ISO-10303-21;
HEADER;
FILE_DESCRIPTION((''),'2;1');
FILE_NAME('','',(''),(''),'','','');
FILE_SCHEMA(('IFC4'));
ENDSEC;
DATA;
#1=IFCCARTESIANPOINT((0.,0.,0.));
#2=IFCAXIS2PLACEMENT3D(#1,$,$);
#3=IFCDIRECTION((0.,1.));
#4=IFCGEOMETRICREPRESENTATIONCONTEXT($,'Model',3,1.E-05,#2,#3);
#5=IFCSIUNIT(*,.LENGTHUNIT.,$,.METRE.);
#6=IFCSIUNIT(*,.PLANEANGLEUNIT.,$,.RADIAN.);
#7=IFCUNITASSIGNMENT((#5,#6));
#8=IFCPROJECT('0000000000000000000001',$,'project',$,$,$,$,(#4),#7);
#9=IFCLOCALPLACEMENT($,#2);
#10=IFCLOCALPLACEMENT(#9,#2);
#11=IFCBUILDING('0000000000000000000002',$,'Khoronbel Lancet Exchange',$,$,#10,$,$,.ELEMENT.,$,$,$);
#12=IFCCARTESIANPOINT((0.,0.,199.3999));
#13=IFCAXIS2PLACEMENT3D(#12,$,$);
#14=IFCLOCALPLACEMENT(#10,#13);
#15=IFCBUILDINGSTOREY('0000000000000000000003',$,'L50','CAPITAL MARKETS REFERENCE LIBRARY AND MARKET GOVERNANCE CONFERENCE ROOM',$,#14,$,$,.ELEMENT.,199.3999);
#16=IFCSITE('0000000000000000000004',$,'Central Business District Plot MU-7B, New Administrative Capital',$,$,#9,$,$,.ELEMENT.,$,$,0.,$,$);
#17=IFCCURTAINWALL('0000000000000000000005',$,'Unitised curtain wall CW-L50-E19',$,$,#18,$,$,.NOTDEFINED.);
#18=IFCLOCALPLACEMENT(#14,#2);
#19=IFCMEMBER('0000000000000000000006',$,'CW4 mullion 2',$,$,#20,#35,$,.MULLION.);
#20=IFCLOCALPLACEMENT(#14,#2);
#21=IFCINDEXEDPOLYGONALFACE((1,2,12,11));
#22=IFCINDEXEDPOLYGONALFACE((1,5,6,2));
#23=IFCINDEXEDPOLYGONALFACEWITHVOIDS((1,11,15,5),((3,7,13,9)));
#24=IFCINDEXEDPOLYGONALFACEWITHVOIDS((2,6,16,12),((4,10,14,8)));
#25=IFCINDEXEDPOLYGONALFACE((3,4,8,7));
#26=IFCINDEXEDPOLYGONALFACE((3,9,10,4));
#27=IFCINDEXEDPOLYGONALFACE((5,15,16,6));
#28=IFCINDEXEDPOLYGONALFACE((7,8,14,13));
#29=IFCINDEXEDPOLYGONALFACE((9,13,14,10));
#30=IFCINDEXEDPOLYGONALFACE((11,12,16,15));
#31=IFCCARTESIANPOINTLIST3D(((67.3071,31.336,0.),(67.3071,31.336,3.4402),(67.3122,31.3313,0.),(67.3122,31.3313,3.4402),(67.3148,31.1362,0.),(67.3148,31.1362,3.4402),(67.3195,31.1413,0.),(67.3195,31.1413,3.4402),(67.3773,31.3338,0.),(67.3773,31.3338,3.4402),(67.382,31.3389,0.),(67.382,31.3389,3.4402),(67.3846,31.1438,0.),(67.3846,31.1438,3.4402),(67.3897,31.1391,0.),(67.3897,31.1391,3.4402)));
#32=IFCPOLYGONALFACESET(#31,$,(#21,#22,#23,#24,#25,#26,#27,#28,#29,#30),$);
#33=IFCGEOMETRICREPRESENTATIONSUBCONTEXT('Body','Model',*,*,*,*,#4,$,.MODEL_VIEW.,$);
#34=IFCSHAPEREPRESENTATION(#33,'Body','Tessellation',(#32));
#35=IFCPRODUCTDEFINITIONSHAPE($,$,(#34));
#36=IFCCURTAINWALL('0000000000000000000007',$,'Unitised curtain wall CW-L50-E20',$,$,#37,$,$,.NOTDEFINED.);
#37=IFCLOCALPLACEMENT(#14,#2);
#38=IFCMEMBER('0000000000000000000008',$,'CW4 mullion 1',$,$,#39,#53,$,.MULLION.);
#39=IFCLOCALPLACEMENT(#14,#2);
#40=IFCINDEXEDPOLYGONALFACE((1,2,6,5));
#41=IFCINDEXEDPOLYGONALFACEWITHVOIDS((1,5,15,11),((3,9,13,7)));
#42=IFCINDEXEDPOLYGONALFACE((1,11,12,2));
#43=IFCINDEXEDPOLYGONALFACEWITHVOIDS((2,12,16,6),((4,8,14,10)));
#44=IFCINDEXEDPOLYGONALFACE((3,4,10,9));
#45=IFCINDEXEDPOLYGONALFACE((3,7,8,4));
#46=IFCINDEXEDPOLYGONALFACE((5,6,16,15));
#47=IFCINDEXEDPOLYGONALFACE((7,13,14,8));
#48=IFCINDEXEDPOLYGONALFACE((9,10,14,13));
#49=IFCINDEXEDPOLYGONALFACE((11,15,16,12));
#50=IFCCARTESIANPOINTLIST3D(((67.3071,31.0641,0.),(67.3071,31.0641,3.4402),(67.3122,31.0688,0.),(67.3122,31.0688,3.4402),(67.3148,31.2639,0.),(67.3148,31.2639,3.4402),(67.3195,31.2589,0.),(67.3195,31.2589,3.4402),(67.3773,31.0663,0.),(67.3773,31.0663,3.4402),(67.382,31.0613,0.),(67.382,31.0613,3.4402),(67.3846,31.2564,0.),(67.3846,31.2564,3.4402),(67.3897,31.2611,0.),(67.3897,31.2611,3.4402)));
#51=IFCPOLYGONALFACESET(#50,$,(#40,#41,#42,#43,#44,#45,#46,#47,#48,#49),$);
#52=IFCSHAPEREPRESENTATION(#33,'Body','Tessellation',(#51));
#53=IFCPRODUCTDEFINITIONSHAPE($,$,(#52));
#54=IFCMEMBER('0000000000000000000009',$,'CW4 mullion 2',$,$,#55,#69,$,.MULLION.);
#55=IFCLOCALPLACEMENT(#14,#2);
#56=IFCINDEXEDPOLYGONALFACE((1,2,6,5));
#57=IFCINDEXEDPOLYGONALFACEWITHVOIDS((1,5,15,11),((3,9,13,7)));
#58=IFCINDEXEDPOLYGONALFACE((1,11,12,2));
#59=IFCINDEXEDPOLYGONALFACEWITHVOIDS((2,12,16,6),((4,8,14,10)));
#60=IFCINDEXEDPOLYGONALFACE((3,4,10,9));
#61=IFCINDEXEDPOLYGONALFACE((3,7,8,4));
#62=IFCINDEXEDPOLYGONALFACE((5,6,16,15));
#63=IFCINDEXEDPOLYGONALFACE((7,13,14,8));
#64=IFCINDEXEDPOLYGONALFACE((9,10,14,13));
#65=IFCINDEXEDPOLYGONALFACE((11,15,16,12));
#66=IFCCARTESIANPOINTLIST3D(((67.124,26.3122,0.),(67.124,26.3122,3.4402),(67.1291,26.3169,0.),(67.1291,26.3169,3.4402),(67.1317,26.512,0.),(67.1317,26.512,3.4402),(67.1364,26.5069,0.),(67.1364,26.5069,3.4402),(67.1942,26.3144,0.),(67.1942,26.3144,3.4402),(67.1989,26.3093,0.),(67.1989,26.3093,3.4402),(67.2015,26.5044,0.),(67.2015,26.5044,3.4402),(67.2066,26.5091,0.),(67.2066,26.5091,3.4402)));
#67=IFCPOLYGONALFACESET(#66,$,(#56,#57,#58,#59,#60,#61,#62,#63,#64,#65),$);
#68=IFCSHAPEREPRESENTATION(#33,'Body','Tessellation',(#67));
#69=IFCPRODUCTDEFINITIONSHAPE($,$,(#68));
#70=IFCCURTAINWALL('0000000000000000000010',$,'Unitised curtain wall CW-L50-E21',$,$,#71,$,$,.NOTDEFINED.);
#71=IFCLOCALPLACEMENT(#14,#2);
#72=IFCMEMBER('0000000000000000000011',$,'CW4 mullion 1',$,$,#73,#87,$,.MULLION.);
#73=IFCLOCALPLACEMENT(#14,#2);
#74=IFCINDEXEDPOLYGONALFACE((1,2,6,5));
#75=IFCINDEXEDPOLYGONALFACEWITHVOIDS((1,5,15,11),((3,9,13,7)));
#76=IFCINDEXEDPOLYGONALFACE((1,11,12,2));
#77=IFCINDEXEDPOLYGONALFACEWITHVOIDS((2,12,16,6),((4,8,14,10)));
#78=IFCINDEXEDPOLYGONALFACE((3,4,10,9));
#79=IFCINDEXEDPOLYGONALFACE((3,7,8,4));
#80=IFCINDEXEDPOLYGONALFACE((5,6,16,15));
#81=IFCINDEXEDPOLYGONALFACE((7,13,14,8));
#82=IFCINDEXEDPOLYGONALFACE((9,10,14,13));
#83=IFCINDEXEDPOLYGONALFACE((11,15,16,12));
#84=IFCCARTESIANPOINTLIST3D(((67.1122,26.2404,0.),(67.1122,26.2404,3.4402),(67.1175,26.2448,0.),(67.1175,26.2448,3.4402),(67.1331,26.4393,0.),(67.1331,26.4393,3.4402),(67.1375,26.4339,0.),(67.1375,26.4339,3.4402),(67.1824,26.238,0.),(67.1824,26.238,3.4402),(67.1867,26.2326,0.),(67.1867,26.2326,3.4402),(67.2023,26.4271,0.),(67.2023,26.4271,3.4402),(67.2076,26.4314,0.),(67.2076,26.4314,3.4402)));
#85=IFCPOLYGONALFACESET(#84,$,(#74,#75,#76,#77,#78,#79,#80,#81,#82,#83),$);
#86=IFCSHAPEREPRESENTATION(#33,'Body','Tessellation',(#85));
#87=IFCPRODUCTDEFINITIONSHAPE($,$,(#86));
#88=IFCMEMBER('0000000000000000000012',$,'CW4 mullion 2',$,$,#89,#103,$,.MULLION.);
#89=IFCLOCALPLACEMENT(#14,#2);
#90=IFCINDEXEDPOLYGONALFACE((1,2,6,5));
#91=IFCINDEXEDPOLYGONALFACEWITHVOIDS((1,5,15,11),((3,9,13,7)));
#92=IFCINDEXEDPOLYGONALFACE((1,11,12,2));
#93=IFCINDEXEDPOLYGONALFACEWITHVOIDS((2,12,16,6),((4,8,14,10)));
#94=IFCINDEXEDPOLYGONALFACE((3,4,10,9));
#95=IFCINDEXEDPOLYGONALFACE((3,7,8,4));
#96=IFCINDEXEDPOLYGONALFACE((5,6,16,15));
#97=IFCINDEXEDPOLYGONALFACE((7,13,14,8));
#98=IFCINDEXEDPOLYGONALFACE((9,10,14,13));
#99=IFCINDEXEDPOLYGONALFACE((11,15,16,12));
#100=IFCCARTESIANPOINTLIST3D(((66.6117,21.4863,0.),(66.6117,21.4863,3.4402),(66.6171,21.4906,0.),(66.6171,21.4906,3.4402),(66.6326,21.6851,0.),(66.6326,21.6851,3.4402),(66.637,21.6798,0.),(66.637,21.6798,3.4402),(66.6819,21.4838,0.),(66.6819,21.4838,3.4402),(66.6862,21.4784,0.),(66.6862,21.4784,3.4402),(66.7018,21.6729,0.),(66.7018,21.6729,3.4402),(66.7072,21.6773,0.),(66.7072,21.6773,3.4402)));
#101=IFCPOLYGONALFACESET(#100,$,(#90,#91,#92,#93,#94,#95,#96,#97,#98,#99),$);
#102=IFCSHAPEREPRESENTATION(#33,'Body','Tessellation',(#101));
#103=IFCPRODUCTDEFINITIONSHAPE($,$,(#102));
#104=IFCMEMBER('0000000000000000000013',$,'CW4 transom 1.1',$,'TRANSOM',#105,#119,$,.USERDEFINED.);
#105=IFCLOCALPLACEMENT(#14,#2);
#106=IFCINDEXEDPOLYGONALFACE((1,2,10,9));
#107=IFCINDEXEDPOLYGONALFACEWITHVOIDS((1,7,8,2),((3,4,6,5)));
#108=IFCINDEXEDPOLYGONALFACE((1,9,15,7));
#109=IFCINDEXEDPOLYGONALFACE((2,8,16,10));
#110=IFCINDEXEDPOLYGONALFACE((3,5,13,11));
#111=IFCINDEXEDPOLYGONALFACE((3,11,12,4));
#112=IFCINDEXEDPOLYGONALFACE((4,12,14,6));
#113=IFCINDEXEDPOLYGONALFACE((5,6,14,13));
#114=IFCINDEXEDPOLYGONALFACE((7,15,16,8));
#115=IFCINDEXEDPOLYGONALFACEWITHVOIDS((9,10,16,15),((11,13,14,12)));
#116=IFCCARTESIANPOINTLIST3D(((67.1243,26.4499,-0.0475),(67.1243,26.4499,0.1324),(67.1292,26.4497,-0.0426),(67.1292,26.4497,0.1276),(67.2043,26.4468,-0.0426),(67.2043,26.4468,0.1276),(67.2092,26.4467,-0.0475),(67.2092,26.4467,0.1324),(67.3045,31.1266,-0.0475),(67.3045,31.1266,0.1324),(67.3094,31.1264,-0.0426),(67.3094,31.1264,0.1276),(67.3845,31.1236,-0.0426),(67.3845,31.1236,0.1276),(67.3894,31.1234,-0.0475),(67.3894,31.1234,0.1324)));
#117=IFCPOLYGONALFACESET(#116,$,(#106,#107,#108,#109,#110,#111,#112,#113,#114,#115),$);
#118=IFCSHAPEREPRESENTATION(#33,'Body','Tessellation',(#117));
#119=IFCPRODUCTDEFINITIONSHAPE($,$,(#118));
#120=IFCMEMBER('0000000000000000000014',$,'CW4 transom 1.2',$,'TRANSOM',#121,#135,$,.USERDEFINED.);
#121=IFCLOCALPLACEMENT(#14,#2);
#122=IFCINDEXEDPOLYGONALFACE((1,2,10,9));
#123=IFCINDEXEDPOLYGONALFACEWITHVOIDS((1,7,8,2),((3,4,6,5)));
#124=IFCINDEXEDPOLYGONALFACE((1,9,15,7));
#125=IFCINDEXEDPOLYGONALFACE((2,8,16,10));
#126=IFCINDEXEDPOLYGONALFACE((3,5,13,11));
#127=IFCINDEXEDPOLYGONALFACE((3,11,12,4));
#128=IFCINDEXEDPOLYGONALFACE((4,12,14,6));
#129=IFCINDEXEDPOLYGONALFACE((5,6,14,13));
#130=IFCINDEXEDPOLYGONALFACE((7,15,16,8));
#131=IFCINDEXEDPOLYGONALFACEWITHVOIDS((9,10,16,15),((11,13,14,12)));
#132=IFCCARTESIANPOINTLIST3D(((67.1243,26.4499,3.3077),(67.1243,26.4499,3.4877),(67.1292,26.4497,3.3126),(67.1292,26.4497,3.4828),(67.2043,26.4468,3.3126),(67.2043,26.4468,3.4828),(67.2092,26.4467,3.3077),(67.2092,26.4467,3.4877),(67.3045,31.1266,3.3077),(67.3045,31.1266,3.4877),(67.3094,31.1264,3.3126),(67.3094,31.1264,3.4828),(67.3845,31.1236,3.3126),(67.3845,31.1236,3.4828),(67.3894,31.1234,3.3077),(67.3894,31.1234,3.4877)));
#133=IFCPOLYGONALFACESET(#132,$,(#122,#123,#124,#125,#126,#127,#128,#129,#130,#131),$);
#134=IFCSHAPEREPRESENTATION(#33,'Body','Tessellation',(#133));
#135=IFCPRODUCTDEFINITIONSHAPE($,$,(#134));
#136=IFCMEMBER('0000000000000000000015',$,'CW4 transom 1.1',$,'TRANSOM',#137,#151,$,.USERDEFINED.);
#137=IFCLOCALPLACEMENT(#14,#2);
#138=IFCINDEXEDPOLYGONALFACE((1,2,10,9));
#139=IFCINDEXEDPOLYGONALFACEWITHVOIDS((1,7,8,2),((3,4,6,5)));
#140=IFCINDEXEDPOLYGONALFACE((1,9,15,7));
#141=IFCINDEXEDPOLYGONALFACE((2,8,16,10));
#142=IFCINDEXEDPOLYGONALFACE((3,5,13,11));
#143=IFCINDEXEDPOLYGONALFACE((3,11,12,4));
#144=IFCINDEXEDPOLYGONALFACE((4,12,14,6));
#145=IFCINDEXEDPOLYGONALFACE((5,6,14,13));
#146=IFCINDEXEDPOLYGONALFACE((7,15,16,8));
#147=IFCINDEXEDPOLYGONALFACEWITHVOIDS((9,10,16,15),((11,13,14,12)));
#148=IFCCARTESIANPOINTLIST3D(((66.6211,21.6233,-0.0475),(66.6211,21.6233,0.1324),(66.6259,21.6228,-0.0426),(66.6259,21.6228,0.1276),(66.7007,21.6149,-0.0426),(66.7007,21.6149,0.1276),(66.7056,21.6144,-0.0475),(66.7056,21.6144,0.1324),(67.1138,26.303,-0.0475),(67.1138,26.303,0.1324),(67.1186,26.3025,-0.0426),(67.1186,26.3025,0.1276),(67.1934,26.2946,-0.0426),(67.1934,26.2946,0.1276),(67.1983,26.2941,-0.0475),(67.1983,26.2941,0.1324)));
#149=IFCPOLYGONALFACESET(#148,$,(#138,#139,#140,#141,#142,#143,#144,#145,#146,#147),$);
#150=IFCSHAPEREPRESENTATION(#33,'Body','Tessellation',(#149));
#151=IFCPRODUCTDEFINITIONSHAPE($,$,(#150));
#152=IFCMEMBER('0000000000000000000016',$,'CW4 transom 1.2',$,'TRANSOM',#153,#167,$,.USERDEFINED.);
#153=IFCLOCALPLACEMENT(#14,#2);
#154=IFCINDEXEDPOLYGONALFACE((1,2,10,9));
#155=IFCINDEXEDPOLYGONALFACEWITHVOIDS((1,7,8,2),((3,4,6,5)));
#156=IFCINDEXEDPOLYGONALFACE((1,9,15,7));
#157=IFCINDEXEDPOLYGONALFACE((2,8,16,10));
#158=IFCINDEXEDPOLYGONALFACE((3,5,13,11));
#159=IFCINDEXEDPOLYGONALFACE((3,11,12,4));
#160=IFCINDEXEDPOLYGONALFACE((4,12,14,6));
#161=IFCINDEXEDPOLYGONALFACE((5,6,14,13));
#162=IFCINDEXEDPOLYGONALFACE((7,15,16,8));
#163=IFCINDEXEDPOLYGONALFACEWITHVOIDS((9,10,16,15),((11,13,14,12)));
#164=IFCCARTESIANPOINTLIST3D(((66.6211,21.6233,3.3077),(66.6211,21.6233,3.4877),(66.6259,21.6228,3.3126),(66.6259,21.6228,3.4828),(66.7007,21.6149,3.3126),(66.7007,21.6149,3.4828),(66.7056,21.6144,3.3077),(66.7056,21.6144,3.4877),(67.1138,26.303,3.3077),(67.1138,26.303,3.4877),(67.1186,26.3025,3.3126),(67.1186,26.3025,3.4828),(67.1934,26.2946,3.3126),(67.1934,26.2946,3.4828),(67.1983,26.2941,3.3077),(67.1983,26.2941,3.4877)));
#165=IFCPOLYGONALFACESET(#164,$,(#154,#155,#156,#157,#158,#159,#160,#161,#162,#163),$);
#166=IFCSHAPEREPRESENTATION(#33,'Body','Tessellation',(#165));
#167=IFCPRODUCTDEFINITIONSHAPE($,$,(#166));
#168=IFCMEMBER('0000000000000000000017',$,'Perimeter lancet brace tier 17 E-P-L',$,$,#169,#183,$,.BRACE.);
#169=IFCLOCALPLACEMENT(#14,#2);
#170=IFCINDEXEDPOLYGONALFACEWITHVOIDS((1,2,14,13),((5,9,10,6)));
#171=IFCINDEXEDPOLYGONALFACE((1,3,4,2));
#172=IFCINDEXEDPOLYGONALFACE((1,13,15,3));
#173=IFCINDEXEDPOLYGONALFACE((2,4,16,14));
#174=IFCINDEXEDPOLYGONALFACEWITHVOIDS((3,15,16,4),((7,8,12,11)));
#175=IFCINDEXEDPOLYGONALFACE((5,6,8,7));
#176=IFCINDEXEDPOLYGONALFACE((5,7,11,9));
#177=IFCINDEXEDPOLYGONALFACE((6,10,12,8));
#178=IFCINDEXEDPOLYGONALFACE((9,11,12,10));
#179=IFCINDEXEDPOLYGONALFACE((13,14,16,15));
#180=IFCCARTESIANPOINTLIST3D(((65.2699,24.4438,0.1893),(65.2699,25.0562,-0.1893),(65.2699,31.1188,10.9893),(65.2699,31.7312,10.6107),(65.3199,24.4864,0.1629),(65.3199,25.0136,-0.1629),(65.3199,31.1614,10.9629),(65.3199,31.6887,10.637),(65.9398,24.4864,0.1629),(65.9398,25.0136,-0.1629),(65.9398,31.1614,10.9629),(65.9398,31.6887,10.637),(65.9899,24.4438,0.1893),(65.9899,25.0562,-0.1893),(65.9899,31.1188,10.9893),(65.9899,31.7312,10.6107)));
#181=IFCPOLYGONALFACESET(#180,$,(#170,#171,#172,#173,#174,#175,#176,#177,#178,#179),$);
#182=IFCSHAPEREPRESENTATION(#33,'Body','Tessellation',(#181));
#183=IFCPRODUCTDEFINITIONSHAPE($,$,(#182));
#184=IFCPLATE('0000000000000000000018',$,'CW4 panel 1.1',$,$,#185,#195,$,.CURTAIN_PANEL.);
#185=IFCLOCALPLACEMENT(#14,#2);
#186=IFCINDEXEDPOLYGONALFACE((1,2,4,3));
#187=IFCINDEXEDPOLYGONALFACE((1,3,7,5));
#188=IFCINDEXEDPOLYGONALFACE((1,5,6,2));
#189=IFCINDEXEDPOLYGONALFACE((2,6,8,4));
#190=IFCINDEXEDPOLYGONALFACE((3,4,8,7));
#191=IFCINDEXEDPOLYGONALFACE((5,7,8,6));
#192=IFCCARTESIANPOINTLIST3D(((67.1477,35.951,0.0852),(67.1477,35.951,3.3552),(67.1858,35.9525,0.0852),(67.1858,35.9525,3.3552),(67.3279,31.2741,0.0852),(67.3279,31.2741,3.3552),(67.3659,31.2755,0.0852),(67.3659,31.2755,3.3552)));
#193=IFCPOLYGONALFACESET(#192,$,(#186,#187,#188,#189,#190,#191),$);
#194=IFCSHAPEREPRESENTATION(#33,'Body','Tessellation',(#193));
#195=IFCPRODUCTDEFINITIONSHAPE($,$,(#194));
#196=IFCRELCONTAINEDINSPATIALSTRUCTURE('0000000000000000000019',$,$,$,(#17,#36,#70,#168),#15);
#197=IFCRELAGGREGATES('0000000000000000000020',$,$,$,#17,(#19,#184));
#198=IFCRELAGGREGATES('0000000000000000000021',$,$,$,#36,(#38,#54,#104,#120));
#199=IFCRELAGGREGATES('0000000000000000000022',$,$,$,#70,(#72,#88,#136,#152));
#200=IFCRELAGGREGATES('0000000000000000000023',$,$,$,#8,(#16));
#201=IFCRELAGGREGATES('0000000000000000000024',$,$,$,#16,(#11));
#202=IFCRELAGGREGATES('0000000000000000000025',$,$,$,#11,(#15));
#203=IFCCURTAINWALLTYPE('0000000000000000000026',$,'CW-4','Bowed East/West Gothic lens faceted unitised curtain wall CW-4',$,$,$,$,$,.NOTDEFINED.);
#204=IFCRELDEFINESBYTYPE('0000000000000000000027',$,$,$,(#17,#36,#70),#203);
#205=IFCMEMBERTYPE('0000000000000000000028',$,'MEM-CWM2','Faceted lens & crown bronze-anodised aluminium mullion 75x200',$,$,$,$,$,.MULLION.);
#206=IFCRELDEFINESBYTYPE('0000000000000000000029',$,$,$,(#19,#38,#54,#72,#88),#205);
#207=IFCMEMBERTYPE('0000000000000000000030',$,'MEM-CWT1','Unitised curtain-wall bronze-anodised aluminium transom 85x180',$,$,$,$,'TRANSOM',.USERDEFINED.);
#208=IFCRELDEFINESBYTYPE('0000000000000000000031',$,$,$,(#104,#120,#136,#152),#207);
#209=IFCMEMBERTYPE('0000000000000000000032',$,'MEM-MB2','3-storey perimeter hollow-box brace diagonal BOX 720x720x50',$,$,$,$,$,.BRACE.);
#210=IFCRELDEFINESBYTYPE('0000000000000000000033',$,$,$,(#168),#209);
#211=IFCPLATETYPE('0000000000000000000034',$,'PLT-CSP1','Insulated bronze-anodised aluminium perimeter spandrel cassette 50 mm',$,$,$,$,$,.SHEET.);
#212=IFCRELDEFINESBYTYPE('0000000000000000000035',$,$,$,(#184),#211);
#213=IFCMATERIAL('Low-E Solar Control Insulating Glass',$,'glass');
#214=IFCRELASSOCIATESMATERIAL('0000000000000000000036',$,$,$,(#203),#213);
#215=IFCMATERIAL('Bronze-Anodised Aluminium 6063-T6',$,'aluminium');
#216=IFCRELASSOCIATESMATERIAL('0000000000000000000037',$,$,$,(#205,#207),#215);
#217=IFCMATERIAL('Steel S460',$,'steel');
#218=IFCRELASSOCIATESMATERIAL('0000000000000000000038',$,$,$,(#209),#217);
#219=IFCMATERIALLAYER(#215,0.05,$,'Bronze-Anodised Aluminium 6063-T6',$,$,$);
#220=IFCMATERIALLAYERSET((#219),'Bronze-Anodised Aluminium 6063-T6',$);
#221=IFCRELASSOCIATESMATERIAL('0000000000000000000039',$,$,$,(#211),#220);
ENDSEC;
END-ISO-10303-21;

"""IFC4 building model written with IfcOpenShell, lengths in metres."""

from ifc_helpers import new_model, si_unit, direction, frame, origin, origin_2d, place, context, subcontext, project, spatial, rectangle, hollow_rectangle, extrude, material, layer, layer_set, material_profile, profile_set, type_object, element, aggregate, save


model = new_model("IFC4")

# Units and contexts
model_context = context("Model", 3, precision=1e-05, world=origin(), true_north=direction((0.0, 1.0)))
body_context = subcontext(model_context, "Body", "Model", "MODEL_VIEW")
ifc_project = project(units=[si_unit("LENGTHUNIT", "METRE"), si_unit("PLANEANGLEUNIT", "RADIAN")], contexts=[model_context])

# Site, building, storey
site_placement = place(None, origin())
site = spatial("IfcSite", under=ifc_project, at=site_placement, Name="Central Business District Plot MU-7B, New Administrative Capital", CompositionType="ELEMENT", RefElevation=0.0)
building_placement = place(site_placement, origin())
building = spatial("IfcBuilding", under=site, at=building_placement, Name="Khoronbel Lancet Exchange", CompositionType="ELEMENT")
storey_placement = place(building_placement, frame((0.0, 0.0, 199.3999)))
storey = spatial("IfcBuildingStorey", under=building, at=storey_placement, Name="L50", Description="CAPITAL MARKETS REFERENCE LIBRARY AND MARKET GOVERNANCE CONFERENCE ROOM", CompositionType="ELEMENT", Elevation=199.3999)

# Curtain wall, member
ifc_material_1 = material(Name="Low-E Solar Control Insulating Glass", Category="glass")
curtain_wall_type = type_object("IfcCurtainWallType", Name="CW-4", Description="Bowed East/West Gothic lens faceted unitised curtain wall CW-4", PredefinedType="NOTDEFINED", material=ifc_material_1)
curtain_wall_1_placement = place(storey_placement, origin())
curtain_wall_1 = element("IfcCurtainWall", 1, at=curtain_wall_1_placement, inside=storey, type_object=curtain_wall_type, Name="Unitised curtain wall CW-L50-E19", PredefinedType="NOTDEFINED")
ifc_material_2 = material(Name="Bronze-Anodised Aluminium 6063-T6", Category="aluminium")
ifc_material_profile_1 = material_profile(ifc_material_2, hollow_rectangle(XDim=0.075, YDim=0.2, WallThickness=0.0049, at=origin_2d()), Name="ALU MULLION 75x200")
ifc_profile_set_1 = profile_set([ifc_material_profile_1], Name="Bronze-Anodised Aluminium 6063-T6")
member_type_1 = type_object("IfcMemberType", Name="MEM-CWM2", Description="Faceted lens & crown bronze-anodised aluminium mullion 75x200", PredefinedType="MULLION", material=ifc_profile_set_1)
member_1_placement = place(storey_placement, frame((67.3484, 31.2375, 0.0), z_axis=(0.0, 0.0, 1.0), x_axis=(0.999259, 0.038486, 0.0)))
member_1 = element("IfcMember", 2, at=member_1_placement, type_object=member_type_1, Name="CW4 mullion 2", PredefinedType="MULLION", context=body_context, shape_type="SweptSolid", body=[
    extrude(hollow_rectangle(XDim=0.075, YDim=0.2, WallThickness=0.0049, at=origin_2d()), origin(), (0.0, 0.0, 1.0), 3.4402),
])

# Curtain walls, members
curtain_wall_2_placement = place(storey_placement, origin())
curtain_wall_2 = element("IfcCurtainWall", 3, at=curtain_wall_2_placement, inside=storey, type_object=curtain_wall_type, Name="Unitised curtain wall CW-L50-E20", PredefinedType="NOTDEFINED")
member_2_placement = place(storey_placement, frame((67.3484, 31.1626, 0.0), z_axis=(0.0, 0.0, 1.0), x_axis=(0.999259, -0.038486, 0.0)))
member_2 = element("IfcMember", 4, at=member_2_placement, type_object=member_type_1, Name="CW4 mullion 1", PredefinedType="MULLION", context=body_context, shape_type="SweptSolid", body=[
    extrude(hollow_rectangle(XDim=0.075, YDim=0.2, WallThickness=0.0049, at=origin_2d()), origin(), (0.0, 0.0, 1.0), 3.4402),
])
member_3_placement = place(storey_placement, frame((67.1653, 26.4106, 0.0), z_axis=(0.0, 0.0, 1.0), x_axis=(0.999259, -0.038486, 0.0)))
member_3 = element("IfcMember", 5, at=member_3_placement, type_object=member_type_1, Name="CW4 mullion 2", PredefinedType="MULLION", context=body_context, shape_type="SweptSolid", body=[
    extrude(hollow_rectangle(XDim=0.075, YDim=0.2, WallThickness=0.0049, at=origin_2d()), origin(), (0.0, 0.0, 1.0), 3.4402),
])
curtain_wall_3_placement = place(storey_placement, origin())
curtain_wall_3 = element("IfcCurtainWall", 6, at=curtain_wall_3_placement, inside=storey, type_object=curtain_wall_type, Name="Unitised curtain wall CW-L50-E21", PredefinedType="NOTDEFINED")
member_4_placement = place(storey_placement, frame((67.1599, 26.3359, 0.0), z_axis=(0.0, 0.0, 1.0), x_axis=(0.994505, -0.104686, 0.0)))
member_4 = element("IfcMember", 7, at=member_4_placement, type_object=member_type_1, Name="CW4 mullion 1", PredefinedType="MULLION", context=body_context, shape_type="SweptSolid", body=[
    extrude(hollow_rectangle(XDim=0.075, YDim=0.2, WallThickness=0.0049, at=origin_2d()), origin(), (0.0, 0.0, 1.0), 3.4402),
])
member_5_placement = place(storey_placement, frame((66.6594, 21.5818, 0.0), z_axis=(0.0, 0.0, 1.0), x_axis=(0.994505, -0.104686, 0.0)))
member_5 = element("IfcMember", 8, at=member_5_placement, type_object=member_type_1, Name="CW4 mullion 2", PredefinedType="MULLION", context=body_context, shape_type="SweptSolid", body=[
    extrude(hollow_rectangle(XDim=0.075, YDim=0.2, WallThickness=0.0049, at=origin_2d()), origin(), (0.0, 0.0, 1.0), 3.4402),
])

# Members
ifc_material_profile_2 = material_profile(ifc_material_2, hollow_rectangle(XDim=0.085, YDim=0.1799, WallThickness=0.0049, at=origin_2d()), Name="ALU TRANSOM 85x180")
ifc_profile_set_2 = profile_set([ifc_material_profile_2], Name="Bronze-Anodised Aluminium 6063-T6")
member_type_2 = type_object("IfcMemberType", Name="MEM-CWT1", Description="Unitised curtain-wall bronze-anodised aluminium transom 85x180", ElementType="TRANSOM", PredefinedType="USERDEFINED", material=ifc_profile_set_2)
member_6_placement = place(storey_placement, frame((67.3469, 31.125, 0.0425), z_axis=(-0.038497, -0.999259, 0.0), x_axis=(0.999259, -0.038497, 0.0)))
member_6 = element("IfcMember", 9, at=member_6_placement, type_object=member_type_2, Name="CW4 transom 1.1", ObjectType="TRANSOM", PredefinedType="USERDEFINED", context=body_context, shape_type="SweptSolid", body=[
    extrude(hollow_rectangle(XDim=0.085, YDim=0.1799, WallThickness=0.0049, at=origin_2d()), origin(), (0.0, 0.0, 1.0), 4.6802),
])
member_7_placement = place(storey_placement, frame((67.3469, 31.125, 3.3977), z_axis=(-0.038497, -0.999259, 0.0), x_axis=(0.999259, -0.038497, 0.0)))
member_7 = element("IfcMember", 10, at=member_7_placement, type_object=member_type_2, Name="CW4 transom 1.2", ObjectType="TRANSOM", PredefinedType="USERDEFINED", context=body_context, shape_type="SweptSolid", body=[
    extrude(hollow_rectangle(XDim=0.085, YDim=0.1799, WallThickness=0.0049, at=origin_2d()), origin(), (0.0, 0.0, 1.0), 4.6802),
])
member_8_placement = place(storey_placement, frame((67.156, 26.2986, 0.0425), z_axis=(-0.104701, -0.994504, 0.0), x_axis=(0.994504, -0.104701, 0.0)))
member_8 = element("IfcMember", 11, at=member_8_placement, type_object=member_type_2, Name="CW4 transom 1.1", ObjectType="TRANSOM", PredefinedType="USERDEFINED", context=body_context, shape_type="SweptSolid", body=[
    extrude(hollow_rectangle(XDim=0.085, YDim=0.1799, WallThickness=0.0049, at=origin_2d()), origin(), (0.0, 0.0, 1.0), 4.7056),
])
member_9_placement = place(storey_placement, frame((67.156, 26.2986, 3.3977), z_axis=(-0.104701, -0.994504, 0.0), x_axis=(0.994504, -0.104701, 0.0)))
member_9 = element("IfcMember", 12, at=member_9_placement, type_object=member_type_2, Name="CW4 transom 1.2", ObjectType="TRANSOM", PredefinedType="USERDEFINED", context=body_context, shape_type="SweptSolid", body=[
    extrude(hollow_rectangle(XDim=0.085, YDim=0.1799, WallThickness=0.0049, at=origin_2d()), origin(), (0.0, 0.0, 1.0), 4.7056),
])
ifc_material_3 = material(Name="Steel S460", Category="steel")
ifc_material_profile_3 = material_profile(ifc_material_3, hollow_rectangle(XDim=0.72, YDim=0.72, WallThickness=0.05, at=origin_2d()), Name="BOX 720x720x50")
ifc_profile_set_3 = profile_set([ifc_material_profile_3], Name="Steel S460")
member_type_3 = type_object("IfcMemberType", Name="MEM-MB2", Description="3-storey perimeter hollow-box brace diagonal BOX 720x720x50", PredefinedType="BRACE", material=ifc_profile_set_3)
member_10_placement = place(storey_placement, frame((65.6299, 24.75, 0.0), z_axis=(0.0, 0.525745, 0.850642), x_axis=(-1.0, 0.0, 0.0)))
element("IfcMember", 13, at=member_10_placement, inside=storey, type_object=member_type_3, Name="Perimeter lancet brace tier 17 E-P-L", PredefinedType="BRACE", context=body_context, shape_type="SweptSolid", body=[
    extrude(hollow_rectangle(XDim=0.72, YDim=0.72, WallThickness=0.05, at=origin_2d()), origin(), (0.0, 0.0, 1.0), 12.6963),
])

# Plate
ifc_layer_1 = layer(ifc_material_2, 0.05, Name="Bronze-Anodised Aluminium 6063-T6")
ifc_layer_set_1 = layer_set([ifc_layer_1], Name="Bronze-Anodised Aluminium 6063-T6")
plate_type_1 = type_object("IfcPlateType", Name="PLT-CSP1", Description="Insulated bronze-anodised aluminium perimeter spandrel cassette 50 mm", PredefinedType="SHEET", material=ifc_layer_set_1)
plate_1_placement = place(storey_placement, frame((67.2568, 33.6133, 0.0852), z_axis=(0.0, 0.0, 1.0), x_axis=(0.038486, -0.999259, 0.0)))
plate_1 = element("IfcPlate", 14, at=plate_1_placement, type_object=plate_type_1, Name="CW4 panel 1.1", PredefinedType="CURTAIN_PANEL", context=body_context, shape_type="SweptSolid", body=[
    extrude(rectangle(XDim=4.6804, YDim=0.0381, at=origin_2d()), origin(), (0.0, 0.0, 1.0), 3.27),
])
aggregate(curtain_wall_1, [member_1, plate_1])
aggregate(curtain_wall_2, [member_2, member_3, member_6, member_7])
aggregate(curtain_wall_3, [member_4, member_5, member_8, member_9])

save(model, "model.ifc")
